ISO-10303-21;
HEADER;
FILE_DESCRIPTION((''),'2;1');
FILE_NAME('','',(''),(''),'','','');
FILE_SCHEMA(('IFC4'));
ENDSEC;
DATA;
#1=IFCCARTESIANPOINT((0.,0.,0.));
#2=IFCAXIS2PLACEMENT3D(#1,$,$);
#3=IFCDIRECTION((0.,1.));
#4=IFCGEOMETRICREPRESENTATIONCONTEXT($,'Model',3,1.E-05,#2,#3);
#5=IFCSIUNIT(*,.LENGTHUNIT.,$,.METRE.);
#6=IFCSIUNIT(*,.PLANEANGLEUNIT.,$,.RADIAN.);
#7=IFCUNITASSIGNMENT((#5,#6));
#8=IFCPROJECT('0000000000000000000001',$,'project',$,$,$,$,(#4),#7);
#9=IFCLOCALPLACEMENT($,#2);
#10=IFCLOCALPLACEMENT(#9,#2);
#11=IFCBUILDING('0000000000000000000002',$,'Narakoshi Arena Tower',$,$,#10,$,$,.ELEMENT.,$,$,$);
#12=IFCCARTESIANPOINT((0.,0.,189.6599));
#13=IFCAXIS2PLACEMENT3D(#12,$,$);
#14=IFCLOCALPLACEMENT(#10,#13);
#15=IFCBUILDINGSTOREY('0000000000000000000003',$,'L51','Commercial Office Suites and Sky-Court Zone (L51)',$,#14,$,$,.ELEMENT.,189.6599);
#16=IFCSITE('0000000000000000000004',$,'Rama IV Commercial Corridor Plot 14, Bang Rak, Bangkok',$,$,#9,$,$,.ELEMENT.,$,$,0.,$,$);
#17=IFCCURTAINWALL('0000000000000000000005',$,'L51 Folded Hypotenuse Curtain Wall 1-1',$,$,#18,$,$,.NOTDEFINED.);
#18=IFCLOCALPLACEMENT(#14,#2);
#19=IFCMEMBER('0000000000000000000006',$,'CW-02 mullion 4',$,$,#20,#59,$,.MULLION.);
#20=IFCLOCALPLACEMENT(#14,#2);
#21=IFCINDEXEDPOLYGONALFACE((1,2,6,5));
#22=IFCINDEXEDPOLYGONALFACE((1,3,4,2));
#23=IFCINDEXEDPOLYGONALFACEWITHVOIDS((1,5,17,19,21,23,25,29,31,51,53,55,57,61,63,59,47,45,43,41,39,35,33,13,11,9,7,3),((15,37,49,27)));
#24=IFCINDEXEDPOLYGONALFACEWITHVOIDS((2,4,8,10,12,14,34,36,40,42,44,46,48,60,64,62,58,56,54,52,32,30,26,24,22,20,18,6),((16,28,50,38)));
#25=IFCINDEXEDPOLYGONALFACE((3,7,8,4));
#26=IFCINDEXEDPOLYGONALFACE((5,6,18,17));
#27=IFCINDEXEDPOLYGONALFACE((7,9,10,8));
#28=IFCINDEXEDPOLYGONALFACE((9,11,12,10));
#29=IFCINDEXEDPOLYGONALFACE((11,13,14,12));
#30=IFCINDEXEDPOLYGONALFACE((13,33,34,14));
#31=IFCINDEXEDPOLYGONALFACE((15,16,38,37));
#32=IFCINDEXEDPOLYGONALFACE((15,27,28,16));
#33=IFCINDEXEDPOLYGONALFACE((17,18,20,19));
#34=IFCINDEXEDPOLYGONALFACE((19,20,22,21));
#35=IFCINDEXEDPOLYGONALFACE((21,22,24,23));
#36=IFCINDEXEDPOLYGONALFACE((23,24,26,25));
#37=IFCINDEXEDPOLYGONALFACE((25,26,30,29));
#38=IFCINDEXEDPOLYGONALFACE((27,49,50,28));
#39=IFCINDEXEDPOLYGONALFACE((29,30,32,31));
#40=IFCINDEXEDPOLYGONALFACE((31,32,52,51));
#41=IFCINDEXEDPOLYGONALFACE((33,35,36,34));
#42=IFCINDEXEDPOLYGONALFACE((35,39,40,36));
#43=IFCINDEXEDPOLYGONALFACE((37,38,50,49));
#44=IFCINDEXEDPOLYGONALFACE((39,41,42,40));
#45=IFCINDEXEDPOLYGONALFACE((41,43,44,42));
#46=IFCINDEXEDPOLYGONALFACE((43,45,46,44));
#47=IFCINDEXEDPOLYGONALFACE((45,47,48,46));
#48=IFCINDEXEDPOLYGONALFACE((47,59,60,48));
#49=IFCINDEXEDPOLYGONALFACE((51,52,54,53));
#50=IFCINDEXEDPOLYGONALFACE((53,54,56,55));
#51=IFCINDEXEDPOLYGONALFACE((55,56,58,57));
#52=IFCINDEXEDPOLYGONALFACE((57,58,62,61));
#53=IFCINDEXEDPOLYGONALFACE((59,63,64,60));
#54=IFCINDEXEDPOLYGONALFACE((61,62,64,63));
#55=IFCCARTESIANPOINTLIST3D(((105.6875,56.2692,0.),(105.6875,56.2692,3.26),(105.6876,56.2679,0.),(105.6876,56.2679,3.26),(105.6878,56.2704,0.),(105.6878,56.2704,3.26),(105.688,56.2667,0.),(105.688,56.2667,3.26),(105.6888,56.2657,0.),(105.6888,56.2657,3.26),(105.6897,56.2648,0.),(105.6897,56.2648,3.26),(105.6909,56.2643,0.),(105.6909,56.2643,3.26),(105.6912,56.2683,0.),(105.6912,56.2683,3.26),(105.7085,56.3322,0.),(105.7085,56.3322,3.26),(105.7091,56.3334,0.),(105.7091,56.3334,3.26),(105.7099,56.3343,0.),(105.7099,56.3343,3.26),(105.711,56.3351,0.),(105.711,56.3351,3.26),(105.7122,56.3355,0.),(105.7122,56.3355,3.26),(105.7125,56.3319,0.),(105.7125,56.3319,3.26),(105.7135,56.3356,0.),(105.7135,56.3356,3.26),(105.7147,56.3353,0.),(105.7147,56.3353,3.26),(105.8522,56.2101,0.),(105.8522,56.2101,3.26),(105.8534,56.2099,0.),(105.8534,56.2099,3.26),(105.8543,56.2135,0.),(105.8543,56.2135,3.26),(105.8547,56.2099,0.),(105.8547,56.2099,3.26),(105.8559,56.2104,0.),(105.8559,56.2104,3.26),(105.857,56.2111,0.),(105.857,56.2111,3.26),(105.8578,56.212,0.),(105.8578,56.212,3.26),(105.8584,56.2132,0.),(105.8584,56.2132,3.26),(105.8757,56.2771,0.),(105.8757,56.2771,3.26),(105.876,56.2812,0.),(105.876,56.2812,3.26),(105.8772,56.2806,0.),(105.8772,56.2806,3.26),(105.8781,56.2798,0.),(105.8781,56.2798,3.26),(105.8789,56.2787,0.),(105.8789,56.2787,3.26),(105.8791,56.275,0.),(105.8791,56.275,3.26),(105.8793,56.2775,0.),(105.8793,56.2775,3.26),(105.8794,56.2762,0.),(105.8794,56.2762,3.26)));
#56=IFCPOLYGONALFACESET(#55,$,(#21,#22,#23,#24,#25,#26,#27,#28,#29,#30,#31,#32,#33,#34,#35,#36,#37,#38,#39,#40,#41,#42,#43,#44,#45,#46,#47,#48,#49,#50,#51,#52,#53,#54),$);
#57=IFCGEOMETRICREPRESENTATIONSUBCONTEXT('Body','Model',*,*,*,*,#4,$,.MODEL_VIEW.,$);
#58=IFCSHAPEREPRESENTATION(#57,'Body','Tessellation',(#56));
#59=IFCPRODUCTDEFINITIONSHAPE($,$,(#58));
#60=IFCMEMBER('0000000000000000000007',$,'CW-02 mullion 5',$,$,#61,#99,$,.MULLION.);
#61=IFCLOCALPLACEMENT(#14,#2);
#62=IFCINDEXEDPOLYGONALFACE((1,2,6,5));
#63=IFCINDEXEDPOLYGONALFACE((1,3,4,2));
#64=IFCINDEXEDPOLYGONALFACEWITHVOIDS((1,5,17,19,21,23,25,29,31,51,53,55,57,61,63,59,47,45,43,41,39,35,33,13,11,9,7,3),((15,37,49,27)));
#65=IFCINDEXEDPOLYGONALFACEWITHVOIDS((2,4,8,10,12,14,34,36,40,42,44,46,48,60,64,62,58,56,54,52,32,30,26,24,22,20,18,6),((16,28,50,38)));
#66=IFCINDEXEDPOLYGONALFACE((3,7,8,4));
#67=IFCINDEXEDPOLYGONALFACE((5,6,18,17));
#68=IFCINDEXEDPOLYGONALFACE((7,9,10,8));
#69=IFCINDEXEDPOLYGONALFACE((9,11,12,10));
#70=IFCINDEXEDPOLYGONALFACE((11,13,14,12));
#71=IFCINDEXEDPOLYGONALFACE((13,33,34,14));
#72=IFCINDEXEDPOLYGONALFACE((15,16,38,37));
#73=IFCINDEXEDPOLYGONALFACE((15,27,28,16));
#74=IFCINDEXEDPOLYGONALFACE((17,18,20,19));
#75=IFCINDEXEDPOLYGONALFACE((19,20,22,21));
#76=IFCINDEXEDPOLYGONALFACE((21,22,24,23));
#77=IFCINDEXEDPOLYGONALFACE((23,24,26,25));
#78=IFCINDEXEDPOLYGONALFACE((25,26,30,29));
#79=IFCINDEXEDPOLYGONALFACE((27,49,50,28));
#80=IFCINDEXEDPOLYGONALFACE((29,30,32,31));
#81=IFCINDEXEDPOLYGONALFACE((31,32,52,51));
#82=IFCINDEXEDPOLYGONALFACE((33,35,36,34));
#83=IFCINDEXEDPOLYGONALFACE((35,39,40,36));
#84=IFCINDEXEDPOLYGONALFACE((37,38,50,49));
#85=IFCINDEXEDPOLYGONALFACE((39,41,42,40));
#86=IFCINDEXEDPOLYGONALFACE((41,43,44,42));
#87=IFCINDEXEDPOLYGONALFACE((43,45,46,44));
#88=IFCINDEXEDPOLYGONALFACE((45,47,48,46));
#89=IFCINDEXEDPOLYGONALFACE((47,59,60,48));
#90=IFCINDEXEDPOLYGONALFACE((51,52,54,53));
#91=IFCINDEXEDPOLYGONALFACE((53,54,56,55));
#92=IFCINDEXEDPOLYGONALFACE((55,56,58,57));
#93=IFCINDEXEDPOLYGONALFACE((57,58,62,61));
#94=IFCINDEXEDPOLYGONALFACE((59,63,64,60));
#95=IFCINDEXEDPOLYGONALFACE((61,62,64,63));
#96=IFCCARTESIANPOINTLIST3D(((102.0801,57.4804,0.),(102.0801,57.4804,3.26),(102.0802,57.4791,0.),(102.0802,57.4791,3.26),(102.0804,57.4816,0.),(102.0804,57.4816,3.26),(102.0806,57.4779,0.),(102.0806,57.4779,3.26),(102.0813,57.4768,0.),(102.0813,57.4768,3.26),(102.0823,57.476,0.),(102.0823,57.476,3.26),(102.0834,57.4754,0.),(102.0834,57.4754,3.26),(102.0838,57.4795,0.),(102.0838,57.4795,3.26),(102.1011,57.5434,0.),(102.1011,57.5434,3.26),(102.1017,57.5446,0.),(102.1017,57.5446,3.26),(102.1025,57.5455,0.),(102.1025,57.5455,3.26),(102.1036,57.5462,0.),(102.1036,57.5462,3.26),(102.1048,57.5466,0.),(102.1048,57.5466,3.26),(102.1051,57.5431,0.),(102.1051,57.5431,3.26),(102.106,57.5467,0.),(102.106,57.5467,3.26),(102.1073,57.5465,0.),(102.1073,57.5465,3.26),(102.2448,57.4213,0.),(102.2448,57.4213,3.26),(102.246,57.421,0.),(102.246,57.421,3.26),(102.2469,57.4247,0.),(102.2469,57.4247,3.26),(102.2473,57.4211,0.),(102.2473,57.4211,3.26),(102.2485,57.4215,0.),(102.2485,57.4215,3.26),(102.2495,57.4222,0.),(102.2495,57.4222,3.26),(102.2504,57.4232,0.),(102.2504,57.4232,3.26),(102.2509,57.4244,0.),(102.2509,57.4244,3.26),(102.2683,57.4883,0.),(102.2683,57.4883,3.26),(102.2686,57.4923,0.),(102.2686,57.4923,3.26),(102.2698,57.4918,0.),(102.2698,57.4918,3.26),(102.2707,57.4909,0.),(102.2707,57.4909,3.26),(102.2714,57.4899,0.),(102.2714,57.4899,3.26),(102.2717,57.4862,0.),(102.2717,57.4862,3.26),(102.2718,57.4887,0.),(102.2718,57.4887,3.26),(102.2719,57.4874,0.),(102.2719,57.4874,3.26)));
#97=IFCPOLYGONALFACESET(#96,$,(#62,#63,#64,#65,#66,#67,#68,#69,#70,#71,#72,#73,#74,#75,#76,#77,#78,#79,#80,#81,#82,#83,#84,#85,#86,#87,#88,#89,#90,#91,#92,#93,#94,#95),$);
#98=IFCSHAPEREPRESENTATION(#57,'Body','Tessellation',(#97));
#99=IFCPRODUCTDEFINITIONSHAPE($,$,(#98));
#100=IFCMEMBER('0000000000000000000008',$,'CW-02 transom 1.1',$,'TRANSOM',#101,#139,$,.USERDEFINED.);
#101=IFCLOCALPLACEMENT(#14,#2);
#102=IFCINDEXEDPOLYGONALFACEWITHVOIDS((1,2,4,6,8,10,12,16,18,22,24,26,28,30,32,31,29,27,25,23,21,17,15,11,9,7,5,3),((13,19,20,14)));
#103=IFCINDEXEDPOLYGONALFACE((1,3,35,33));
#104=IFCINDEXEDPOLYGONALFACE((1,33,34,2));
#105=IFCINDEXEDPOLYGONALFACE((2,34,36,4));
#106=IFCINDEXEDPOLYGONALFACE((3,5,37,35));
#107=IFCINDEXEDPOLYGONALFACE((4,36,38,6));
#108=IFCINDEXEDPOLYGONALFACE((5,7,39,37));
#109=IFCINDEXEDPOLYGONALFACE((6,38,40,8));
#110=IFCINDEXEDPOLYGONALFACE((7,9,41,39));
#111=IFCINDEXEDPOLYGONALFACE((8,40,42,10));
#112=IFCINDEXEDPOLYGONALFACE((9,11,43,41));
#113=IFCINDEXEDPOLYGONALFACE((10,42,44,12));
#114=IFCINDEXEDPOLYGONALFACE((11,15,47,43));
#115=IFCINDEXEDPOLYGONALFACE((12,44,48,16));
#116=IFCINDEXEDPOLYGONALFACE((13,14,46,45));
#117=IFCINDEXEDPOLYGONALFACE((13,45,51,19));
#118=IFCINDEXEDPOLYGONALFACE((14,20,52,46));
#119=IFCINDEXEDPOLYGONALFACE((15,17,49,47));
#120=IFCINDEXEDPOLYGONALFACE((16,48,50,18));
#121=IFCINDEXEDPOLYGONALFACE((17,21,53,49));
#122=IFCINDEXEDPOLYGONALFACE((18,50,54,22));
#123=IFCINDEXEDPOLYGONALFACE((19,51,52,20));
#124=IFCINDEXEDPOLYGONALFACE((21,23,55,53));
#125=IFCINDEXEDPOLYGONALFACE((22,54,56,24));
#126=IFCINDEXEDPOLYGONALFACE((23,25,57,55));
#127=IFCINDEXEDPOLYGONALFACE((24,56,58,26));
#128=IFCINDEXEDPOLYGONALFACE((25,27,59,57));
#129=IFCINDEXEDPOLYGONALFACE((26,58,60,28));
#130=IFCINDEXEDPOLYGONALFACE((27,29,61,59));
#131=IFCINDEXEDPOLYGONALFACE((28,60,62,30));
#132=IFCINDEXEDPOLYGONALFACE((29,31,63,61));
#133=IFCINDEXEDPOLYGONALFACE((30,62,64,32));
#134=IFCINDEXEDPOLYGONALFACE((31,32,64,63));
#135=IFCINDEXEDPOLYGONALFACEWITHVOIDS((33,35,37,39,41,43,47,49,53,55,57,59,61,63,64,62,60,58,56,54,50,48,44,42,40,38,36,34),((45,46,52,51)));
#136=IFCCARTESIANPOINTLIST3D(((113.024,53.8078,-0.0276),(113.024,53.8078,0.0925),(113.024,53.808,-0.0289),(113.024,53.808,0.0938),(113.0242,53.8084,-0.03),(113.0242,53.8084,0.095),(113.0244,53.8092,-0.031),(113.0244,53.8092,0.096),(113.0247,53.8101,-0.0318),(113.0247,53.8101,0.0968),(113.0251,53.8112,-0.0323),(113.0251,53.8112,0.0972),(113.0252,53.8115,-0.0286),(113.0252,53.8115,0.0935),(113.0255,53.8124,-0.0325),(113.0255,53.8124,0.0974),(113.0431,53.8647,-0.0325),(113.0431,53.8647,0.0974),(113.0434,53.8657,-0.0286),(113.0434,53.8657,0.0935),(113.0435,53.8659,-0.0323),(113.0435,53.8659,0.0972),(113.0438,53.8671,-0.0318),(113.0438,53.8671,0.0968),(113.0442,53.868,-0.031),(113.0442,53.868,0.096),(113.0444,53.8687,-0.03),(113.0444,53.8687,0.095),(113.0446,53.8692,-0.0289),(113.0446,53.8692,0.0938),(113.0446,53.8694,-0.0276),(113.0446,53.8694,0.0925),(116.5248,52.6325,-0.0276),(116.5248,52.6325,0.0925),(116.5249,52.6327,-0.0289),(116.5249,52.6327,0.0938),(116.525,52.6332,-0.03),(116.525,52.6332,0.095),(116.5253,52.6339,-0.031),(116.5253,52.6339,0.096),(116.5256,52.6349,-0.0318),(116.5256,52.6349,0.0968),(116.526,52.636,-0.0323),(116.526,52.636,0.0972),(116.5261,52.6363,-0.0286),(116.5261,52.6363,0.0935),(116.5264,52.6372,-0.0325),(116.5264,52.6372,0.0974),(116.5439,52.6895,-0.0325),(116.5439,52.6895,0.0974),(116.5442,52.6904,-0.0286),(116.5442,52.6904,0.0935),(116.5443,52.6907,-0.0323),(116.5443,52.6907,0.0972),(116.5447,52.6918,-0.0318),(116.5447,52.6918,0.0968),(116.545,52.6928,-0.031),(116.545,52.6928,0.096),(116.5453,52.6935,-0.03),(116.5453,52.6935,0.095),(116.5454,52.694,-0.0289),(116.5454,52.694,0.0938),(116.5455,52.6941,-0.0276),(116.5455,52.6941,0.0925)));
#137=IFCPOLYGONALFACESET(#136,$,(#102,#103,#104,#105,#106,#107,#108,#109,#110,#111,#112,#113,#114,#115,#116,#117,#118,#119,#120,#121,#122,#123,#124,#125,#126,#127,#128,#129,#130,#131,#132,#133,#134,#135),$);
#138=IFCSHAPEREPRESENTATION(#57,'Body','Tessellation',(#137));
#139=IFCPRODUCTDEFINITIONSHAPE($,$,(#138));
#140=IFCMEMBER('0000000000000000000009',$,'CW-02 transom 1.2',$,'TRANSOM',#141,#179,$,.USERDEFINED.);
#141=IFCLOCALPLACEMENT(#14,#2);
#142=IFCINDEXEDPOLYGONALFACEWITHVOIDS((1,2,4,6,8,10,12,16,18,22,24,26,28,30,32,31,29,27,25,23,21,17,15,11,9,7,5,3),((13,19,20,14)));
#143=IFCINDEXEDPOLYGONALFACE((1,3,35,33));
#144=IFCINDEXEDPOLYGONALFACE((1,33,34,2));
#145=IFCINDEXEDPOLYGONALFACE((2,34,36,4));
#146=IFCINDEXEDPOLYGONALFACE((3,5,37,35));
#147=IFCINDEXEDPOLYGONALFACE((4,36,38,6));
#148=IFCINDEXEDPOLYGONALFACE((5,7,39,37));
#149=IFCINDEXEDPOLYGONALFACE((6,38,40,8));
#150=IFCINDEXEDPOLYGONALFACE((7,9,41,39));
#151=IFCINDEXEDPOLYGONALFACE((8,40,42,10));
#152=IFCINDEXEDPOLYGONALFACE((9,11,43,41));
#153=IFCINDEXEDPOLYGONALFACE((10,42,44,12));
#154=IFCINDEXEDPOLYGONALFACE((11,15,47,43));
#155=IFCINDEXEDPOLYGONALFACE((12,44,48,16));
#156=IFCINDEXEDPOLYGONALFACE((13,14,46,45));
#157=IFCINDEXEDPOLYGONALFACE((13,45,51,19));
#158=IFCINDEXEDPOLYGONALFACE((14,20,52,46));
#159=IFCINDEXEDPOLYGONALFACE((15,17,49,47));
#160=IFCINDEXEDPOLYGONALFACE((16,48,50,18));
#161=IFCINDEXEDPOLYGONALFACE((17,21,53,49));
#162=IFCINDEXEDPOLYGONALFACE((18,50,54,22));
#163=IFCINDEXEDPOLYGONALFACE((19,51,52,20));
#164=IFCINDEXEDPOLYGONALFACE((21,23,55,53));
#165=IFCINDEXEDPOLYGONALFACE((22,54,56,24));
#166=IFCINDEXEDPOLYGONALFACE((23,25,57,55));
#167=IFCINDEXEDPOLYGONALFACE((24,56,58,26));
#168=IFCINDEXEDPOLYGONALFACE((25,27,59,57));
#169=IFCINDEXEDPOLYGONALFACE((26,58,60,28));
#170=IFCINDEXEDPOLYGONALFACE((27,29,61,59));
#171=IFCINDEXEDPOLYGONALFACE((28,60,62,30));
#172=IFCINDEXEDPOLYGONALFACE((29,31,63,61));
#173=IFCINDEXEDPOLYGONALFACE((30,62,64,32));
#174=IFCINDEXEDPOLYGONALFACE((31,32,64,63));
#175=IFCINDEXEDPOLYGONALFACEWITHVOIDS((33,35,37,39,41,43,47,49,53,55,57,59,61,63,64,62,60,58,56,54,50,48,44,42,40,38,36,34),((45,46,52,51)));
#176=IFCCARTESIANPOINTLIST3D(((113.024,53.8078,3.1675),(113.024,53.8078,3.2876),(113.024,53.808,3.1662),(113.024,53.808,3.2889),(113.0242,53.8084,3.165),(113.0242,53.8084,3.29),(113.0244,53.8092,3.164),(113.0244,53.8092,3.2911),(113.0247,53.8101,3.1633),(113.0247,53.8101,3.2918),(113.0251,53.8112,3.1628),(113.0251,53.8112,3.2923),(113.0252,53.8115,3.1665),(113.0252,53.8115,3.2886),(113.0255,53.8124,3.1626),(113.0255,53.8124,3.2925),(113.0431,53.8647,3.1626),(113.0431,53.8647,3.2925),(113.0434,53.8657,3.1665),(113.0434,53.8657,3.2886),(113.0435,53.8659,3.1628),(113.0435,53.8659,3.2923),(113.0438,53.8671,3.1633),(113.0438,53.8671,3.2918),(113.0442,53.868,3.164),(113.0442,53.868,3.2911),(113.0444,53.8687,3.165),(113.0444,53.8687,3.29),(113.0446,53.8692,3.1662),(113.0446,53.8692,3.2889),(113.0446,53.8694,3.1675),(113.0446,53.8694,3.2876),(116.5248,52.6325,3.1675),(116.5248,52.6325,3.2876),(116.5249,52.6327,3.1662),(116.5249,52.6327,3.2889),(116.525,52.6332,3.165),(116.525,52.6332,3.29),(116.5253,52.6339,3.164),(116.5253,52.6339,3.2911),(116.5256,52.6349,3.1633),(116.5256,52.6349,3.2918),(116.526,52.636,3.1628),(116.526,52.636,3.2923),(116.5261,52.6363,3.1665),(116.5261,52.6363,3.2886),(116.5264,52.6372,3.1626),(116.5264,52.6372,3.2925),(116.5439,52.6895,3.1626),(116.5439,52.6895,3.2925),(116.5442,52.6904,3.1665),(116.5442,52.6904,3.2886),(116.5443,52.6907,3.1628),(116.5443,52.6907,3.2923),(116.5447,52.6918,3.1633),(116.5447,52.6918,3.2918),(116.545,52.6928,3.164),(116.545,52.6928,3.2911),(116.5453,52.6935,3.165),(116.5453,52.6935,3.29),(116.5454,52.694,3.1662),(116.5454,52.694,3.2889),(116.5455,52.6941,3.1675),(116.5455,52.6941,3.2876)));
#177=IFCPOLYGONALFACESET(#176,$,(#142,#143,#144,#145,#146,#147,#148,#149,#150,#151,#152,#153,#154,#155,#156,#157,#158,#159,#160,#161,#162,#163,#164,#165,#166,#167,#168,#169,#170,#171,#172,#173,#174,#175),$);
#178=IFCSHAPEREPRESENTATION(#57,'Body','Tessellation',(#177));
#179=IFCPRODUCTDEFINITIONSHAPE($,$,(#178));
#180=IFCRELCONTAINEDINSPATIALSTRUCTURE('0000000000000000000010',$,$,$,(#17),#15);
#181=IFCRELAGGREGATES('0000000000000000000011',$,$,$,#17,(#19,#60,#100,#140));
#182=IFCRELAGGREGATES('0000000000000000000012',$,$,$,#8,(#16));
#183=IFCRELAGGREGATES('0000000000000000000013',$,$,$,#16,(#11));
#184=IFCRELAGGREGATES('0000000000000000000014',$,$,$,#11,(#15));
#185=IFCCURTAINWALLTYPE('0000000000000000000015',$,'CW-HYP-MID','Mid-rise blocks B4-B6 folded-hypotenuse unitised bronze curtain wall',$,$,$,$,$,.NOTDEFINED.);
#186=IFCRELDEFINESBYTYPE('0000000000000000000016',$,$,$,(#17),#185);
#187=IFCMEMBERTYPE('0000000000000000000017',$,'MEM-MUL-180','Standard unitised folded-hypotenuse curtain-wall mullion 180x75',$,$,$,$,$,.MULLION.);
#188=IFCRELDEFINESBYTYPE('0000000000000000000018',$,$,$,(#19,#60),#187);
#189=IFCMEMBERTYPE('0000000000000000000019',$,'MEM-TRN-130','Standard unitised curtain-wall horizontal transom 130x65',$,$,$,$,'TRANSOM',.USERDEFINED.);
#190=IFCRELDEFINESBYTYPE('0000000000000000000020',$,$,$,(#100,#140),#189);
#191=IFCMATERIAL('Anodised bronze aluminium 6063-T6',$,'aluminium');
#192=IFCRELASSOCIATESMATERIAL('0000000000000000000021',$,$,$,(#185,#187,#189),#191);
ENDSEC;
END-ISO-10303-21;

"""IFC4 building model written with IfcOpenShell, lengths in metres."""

from ifc_helpers import new_model, si_unit, direction, frame, origin, origin_2d, place, context, subcontext, project, spatial, hollow_rectangle, extrude, material, material_profile, profile_set, type_object, element, aggregate, save


model = new_model("IFC4")

# Units and contexts
model_context = context("Model", 3, precision=1e-05, world=origin(), true_north=direction((0.0, 1.0)))
body_context = subcontext(model_context, "Body", "Model", "MODEL_VIEW")
ifc_project = project(units=[si_unit("LENGTHUNIT", "METRE"), si_unit("PLANEANGLEUNIT", "RADIAN")], contexts=[model_context])

# Site, building, storey
site_placement = place(None, origin())
site = spatial("IfcSite", under=ifc_project, at=site_placement, Name="Rama IV Commercial Corridor Plot 14, Bang Rak, Bangkok", CompositionType="ELEMENT", RefElevation=0.0)
building_placement = place(site_placement, origin())
building = spatial("IfcBuilding", under=site, at=building_placement, Name="Narakoshi Arena Tower", CompositionType="ELEMENT")
storey_placement = place(building_placement, frame((0.0, 0.0, 189.6599)))
storey = spatial("IfcBuildingStorey", under=building, at=storey_placement, Name="L51", Description="Commercial Office Suites and Sky-Court Zone (L51)", CompositionType="ELEMENT", Elevation=189.6599)

# Curtain wall, members
ifc_material_1 = material(Name="Anodised bronze aluminium 6063-T6", Category="aluminium")
curtain_wall_type = type_object("IfcCurtainWallType", Name="CW-HYP-MID", Description="Mid-rise blocks B4-B6 folded-hypotenuse unitised bronze curtain wall", PredefinedType="NOTDEFINED", material=ifc_material_1)
curtain_wall_placement = place(storey_placement, origin())
curtain_wall = element("IfcCurtainWall", 1, at=curtain_wall_placement, inside=storey, type_object=curtain_wall_type, Name="L51 Folded Hypotenuse Curtain Wall 1-1", PredefinedType="NOTDEFINED")
ifc_material_profile_1 = material_profile(ifc_material_1, hollow_rectangle(XDim=0.075, YDim=0.1799, WallThickness=0.0039, OuterFilletRadius=0.0049, at=origin_2d()), Name="MUL180x75x4")
ifc_profile_set_1 = profile_set([ifc_material_profile_1], Name="Anodised bronze aluminium 6063-T6")
member_type_1 = type_object("IfcMemberType", Name="MEM-MUL-180", Description="Standard unitised folded-hypotenuse curtain-wall mullion 180x75", PredefinedType="MULLION", material=ifc_profile_set_1)
member_1_placement = place(storey_placement, frame((105.7834, 56.2727, 0.0), z_axis=(0.0, 0.0, 1.0), x_axis=(-0.318261, -0.948003, 0.0)))
member_1 = element("IfcMember", 2, at=member_1_placement, type_object=member_type_1, Name="CW-02 mullion 4", PredefinedType="MULLION", context=body_context, shape_type="SweptSolid", body=[
    extrude(hollow_rectangle(XDim=0.075, YDim=0.1799, WallThickness=0.0039, OuterFilletRadius=0.0049, at=origin_2d()), origin(), (0.0, 0.0, 1.0), 3.26),
])
member_2_placement = place(storey_placement, frame((102.176, 57.4839, 0.0), z_axis=(0.0, 0.0, 1.0), x_axis=(-0.318261, -0.948003, 0.0)))
member_2 = element("IfcMember", 3, at=member_2_placement, type_object=member_type_1, Name="CW-02 mullion 5", PredefinedType="MULLION", context=body_context, shape_type="SweptSolid", body=[
    extrude(hollow_rectangle(XDim=0.075, YDim=0.1799, WallThickness=0.0039, OuterFilletRadius=0.0049, at=origin_2d()), origin(), (0.0, 0.0, 1.0), 3.26),
])
ifc_material_profile_2 = material_profile(ifc_material_1, hollow_rectangle(XDim=0.0649, YDim=0.1299, WallThickness=0.0039, OuterFilletRadius=0.0049, at=origin_2d()), Name="TRN130x65x4")
ifc_profile_set_2 = profile_set([ifc_material_profile_2], Name="Anodised bronze aluminium 6063-T6")
member_type_2 = type_object("IfcMemberType", Name="MEM-TRN-130", Description="Standard unitised curtain-wall horizontal transom 130x65", ElementType="TRANSOM", PredefinedType="USERDEFINED", material=ifc_profile_set_2)
member_3_placement = place(storey_placement, frame((116.5352, 52.6633, 0.0325), z_axis=(-0.948007, 0.31825, 0.0), x_axis=(-0.31825, -0.948007, 0.0)))
member_3 = element("IfcMember", 4, at=member_3_placement, type_object=member_type_2, Name="CW-02 transom 1.1", ObjectType="TRANSOM", PredefinedType="USERDEFINED", context=body_context, shape_type="SweptSolid", body=[
    extrude(hollow_rectangle(XDim=0.0649, YDim=0.1299, WallThickness=0.0039, OuterFilletRadius=0.0049, at=origin_2d()), origin(), (0.0, 0.0, 1.0), 3.6929),
])
member_4_placement = place(storey_placement, frame((116.5352, 52.6633, 3.2275), z_axis=(-0.948007, 0.31825, 0.0), x_axis=(-0.31825, -0.948007, 0.0)))
member_4 = element("IfcMember", 5, at=member_4_placement, type_object=member_type_2, Name="CW-02 transom 1.2", ObjectType="TRANSOM", PredefinedType="USERDEFINED", context=body_context, shape_type="SweptSolid", body=[
    extrude(hollow_rectangle(XDim=0.0649, YDim=0.1299, WallThickness=0.0039, OuterFilletRadius=0.0049, at=origin_2d()), origin(), (0.0, 0.0, 1.0), 3.6929),
])
aggregate(curtain_wall, [member_1, member_2, member_3, member_4])

save(model, "model.ifc")
